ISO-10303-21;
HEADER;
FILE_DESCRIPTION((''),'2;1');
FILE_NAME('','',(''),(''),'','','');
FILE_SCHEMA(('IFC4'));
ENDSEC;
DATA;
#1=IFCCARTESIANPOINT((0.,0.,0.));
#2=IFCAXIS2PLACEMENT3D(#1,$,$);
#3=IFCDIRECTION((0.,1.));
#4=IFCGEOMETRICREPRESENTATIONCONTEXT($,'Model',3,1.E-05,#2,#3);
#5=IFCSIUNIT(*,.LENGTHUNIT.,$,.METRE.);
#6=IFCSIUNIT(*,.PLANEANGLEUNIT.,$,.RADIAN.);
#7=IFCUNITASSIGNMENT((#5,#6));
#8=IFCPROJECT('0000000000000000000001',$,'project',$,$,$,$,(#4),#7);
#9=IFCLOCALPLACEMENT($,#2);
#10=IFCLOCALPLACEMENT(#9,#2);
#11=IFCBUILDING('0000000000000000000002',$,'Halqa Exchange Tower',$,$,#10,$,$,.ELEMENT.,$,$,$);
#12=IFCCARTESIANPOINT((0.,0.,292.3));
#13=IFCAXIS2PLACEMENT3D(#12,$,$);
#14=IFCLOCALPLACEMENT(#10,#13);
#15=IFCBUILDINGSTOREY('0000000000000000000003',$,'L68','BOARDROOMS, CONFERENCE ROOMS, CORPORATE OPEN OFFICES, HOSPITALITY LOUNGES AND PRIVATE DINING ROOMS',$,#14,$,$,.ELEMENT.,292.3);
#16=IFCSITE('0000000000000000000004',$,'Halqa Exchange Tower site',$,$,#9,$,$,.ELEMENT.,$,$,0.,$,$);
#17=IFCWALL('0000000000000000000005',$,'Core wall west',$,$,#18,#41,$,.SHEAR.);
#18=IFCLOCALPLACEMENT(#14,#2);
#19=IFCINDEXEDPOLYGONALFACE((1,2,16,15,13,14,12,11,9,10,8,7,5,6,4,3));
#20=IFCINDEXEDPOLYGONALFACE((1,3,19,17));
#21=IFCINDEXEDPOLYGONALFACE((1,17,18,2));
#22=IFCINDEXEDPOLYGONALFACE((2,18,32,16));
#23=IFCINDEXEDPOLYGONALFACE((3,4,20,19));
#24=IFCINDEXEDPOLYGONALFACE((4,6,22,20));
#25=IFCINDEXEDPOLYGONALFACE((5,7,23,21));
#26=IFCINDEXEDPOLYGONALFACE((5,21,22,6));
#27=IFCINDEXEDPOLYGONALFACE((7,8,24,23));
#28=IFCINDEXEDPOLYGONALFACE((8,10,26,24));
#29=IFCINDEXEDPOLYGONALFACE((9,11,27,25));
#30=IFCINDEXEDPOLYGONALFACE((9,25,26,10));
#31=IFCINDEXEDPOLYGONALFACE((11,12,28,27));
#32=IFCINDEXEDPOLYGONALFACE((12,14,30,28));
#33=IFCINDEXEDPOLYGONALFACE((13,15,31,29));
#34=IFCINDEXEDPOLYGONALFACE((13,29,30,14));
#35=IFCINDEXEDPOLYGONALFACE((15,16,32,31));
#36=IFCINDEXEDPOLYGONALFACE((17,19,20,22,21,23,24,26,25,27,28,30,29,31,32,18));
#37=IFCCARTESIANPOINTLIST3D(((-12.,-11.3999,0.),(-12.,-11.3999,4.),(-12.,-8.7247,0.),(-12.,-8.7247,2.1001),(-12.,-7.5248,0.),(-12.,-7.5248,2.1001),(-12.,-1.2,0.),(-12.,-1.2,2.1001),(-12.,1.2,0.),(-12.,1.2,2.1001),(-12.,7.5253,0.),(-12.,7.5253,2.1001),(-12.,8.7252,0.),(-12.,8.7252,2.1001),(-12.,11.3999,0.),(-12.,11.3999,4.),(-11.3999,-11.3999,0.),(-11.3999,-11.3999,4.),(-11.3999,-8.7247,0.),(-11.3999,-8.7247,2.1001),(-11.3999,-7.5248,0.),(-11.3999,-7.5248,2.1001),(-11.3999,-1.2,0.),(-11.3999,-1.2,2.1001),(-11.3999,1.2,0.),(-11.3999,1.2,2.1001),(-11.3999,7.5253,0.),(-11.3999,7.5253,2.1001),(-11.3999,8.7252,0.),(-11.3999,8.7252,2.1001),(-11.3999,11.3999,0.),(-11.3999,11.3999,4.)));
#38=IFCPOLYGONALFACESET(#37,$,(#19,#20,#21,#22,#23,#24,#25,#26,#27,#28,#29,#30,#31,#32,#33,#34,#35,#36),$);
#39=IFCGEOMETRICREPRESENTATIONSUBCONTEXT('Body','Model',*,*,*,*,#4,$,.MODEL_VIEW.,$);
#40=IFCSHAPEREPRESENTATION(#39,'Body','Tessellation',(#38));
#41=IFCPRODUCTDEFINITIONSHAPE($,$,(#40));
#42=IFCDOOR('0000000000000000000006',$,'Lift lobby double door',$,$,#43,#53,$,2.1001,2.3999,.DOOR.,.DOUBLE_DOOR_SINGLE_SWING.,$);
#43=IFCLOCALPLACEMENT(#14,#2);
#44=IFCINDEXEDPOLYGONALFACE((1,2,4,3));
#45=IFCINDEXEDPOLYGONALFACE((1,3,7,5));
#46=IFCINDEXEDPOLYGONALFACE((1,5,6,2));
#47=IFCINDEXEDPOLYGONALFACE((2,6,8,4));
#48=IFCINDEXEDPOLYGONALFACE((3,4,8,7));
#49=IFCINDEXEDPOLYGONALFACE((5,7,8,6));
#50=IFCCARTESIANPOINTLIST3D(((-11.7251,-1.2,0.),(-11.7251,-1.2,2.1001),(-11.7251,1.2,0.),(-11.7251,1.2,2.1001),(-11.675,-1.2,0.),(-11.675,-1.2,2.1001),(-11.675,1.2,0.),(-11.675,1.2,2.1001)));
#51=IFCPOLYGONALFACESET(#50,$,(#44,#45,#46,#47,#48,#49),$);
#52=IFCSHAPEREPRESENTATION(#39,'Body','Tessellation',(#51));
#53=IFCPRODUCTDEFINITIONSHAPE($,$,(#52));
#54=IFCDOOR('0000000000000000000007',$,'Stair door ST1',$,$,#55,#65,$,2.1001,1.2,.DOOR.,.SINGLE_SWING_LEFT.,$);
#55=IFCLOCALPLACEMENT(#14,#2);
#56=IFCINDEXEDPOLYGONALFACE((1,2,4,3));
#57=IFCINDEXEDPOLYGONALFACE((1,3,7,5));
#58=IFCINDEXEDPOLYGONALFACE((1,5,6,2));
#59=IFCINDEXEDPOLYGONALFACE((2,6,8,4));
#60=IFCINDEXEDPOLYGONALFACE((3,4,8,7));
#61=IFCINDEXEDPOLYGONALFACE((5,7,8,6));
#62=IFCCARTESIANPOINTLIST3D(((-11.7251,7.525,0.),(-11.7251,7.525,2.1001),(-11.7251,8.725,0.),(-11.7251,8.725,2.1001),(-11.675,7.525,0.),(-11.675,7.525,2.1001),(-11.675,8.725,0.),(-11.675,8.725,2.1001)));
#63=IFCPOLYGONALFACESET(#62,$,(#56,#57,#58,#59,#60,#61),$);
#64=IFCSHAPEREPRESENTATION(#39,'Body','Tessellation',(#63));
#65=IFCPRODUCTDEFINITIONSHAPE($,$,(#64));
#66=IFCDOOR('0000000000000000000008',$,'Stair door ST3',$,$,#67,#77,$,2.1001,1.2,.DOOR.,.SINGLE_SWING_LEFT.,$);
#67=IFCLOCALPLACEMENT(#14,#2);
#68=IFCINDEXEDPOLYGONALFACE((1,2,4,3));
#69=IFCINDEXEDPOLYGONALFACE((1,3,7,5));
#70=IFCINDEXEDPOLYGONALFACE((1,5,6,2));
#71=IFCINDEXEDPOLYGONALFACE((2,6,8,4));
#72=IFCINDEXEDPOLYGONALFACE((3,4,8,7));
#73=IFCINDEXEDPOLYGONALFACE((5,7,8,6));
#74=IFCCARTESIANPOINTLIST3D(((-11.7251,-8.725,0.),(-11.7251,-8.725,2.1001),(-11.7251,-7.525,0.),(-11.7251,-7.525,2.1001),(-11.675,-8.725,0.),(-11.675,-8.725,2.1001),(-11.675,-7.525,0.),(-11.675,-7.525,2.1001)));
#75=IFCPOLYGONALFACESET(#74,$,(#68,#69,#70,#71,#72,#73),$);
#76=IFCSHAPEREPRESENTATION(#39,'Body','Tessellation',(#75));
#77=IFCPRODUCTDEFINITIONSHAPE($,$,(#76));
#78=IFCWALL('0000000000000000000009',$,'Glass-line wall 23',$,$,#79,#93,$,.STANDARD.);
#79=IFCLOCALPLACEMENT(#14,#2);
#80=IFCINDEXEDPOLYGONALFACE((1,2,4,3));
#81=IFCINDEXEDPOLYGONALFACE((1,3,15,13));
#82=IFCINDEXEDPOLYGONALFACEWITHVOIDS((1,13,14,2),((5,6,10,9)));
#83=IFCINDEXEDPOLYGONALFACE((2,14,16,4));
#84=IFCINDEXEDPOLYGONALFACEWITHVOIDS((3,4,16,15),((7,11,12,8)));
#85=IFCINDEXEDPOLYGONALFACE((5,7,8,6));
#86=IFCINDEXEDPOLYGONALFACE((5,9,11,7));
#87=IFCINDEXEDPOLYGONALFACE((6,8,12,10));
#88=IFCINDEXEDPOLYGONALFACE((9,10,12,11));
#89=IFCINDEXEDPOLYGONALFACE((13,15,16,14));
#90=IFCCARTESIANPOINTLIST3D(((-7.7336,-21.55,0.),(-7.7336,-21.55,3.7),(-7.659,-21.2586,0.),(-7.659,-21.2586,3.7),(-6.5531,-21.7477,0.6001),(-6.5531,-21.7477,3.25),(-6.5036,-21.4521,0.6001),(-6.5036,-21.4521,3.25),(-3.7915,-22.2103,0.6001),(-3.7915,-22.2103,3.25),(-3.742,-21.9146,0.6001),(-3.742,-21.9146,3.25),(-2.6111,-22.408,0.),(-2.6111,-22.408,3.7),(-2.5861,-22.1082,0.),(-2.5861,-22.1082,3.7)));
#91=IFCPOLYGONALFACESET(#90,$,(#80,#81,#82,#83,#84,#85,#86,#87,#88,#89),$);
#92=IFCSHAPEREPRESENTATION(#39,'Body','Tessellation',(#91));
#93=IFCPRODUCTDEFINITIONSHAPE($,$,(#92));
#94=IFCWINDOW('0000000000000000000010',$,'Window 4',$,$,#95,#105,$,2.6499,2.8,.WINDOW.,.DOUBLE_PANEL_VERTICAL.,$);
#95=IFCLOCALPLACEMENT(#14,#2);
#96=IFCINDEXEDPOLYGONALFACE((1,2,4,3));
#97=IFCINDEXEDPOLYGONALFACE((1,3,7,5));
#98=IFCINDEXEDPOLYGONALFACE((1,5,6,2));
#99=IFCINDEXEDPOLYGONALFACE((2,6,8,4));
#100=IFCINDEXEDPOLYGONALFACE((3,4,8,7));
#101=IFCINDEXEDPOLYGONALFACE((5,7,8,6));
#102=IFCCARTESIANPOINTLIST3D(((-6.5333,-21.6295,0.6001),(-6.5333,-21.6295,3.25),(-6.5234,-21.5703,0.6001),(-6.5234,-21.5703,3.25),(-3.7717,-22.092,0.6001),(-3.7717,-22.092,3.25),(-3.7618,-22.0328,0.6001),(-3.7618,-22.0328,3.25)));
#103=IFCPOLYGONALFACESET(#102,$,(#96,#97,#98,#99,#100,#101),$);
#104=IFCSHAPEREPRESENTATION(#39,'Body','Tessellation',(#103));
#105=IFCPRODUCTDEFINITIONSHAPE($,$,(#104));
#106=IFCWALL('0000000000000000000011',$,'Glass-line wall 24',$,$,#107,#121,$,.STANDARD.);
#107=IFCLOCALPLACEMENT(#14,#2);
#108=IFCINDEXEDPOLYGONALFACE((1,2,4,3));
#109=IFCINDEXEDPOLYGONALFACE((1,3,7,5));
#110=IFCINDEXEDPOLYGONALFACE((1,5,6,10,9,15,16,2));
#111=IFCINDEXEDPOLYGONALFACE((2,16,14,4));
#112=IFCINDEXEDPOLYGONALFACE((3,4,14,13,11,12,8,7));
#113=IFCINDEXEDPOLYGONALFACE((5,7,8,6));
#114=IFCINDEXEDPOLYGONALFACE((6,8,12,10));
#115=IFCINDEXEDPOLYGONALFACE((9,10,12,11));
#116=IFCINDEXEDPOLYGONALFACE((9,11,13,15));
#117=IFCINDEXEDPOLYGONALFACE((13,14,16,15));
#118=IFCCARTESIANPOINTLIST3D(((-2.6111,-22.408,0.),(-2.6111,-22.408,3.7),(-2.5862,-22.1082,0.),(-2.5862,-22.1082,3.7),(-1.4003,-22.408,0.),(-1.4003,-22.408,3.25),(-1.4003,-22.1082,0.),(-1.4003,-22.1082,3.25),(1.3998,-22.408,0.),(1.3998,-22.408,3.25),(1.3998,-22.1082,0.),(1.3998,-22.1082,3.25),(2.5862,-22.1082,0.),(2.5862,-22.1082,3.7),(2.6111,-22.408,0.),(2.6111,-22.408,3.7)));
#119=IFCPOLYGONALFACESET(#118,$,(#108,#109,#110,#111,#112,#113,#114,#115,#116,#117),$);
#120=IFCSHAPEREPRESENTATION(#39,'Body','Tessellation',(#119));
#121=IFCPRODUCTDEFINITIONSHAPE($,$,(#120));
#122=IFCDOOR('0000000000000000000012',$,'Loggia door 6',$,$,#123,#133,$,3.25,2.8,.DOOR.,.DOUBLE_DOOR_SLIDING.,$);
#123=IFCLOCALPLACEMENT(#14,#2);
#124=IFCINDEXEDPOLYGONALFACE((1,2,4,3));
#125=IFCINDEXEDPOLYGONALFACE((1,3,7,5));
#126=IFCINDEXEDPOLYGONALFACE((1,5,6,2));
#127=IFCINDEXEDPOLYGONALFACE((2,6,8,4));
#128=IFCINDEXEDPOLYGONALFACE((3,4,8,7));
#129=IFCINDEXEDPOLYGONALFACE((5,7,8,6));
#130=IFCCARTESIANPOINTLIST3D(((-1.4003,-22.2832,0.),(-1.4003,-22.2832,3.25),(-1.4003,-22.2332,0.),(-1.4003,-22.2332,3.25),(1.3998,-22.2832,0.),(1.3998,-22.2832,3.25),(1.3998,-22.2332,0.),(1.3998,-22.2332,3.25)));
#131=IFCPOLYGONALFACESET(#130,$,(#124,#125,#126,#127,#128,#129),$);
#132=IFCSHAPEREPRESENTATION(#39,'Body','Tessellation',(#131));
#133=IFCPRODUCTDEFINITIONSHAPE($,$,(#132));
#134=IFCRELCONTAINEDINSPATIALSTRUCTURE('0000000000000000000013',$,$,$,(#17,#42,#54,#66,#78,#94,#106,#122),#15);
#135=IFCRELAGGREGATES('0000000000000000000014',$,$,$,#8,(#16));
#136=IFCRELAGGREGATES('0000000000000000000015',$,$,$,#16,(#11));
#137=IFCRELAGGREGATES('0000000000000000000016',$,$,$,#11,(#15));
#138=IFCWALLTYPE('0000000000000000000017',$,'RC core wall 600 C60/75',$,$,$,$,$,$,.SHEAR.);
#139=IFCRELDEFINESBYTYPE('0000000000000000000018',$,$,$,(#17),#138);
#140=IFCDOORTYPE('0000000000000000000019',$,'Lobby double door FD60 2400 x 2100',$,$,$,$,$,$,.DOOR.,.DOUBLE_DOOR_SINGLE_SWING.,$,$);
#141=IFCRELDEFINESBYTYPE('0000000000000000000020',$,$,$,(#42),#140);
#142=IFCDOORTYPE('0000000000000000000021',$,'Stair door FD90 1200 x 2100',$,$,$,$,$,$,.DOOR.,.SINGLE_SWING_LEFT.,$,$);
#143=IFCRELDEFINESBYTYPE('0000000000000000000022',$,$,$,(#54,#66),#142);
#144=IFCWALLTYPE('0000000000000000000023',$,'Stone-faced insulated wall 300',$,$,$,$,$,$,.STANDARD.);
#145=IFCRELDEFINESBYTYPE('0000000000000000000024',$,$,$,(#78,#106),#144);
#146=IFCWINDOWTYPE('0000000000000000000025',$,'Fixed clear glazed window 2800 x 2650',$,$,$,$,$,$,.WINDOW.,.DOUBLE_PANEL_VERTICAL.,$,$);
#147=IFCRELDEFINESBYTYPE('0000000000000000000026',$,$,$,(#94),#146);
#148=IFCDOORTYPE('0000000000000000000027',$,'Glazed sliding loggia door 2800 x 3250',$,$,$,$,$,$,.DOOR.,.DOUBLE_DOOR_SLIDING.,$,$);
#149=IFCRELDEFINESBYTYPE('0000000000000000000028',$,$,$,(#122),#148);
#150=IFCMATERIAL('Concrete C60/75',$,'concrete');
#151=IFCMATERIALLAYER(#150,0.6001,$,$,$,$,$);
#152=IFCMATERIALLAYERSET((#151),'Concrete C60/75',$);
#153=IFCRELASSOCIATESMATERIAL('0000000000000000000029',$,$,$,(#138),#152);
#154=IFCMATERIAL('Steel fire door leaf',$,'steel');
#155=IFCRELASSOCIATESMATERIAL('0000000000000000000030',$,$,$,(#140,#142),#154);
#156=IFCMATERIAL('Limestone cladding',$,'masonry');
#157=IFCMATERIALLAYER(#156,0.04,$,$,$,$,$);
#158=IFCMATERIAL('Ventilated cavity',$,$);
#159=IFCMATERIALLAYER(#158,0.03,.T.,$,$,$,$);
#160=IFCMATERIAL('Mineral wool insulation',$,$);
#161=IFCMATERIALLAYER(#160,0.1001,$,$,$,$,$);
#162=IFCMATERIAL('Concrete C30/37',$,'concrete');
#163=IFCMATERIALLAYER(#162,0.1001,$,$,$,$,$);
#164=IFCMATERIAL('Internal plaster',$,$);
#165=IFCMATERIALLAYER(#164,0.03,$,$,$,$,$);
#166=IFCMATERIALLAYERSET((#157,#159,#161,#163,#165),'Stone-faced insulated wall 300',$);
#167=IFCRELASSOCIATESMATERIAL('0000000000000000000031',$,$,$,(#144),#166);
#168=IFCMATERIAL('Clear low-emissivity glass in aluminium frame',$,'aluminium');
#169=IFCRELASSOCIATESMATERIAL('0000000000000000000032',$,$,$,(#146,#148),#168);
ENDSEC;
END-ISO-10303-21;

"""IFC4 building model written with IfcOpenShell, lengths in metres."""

from ifc_helpers import new_model, si_unit, direction, frame, frame_2d, origin, place, context, subcontext, project, spatial, polyline, rectangle, outline, extrude, material, layer, layer_set, type_object, element, fill, save


model = new_model("IFC4")

# Units and contexts
model_context = context("Model", 3, precision=1e-05, world=origin(), true_north=direction((0.0, 1.0)))
body_context = subcontext(model_context, "Body", "Model", "MODEL_VIEW")
ifc_project = project(units=[si_unit("LENGTHUNIT", "METRE"), si_unit("PLANEANGLEUNIT", "RADIAN")], contexts=[model_context])

# Site, building, storey
site_placement = place(None, origin())
site = spatial("IfcSite", under=ifc_project, at=site_placement, Name="Halqa Exchange Tower site", CompositionType="ELEMENT", RefElevation=0.0)
building_placement = place(site_placement, origin())
building = spatial("IfcBuilding", under=site, at=building_placement, Name="Halqa Exchange Tower", CompositionType="ELEMENT")
storey_placement = place(building_placement, frame((0.0, 0.0, 292.3)))
storey = spatial("IfcBuildingStorey", under=building, at=storey_placement, Name="L68", Description="BOARDROOMS, CONFERENCE ROOMS, CORPORATE OPEN OFFICES, HOSPITALITY LOUNGES AND PRIVATE DINING ROOMS", CompositionType="ELEMENT", Elevation=292.3)

# Shared definitions
ifc_material_1 = material(Name="Concrete C60/75", Category="concrete")

# Wall, openings, doors
ifc_layer_1 = layer(ifc_material_1, 0.6001)
ifc_layer_set_1 = layer_set([ifc_layer_1], Name="Concrete C60/75")
wall_type_1 = type_object("IfcWallType", Name="RC core wall 600 C60/75", PredefinedType="SHEAR", material=ifc_layer_set_1)
wall_1_placement = place(storey_placement, frame((-11.7, -11.3999, 0.0), z_axis=(0.0, 0.0, 1.0), x_axis=(0.0, 1.0, 0.0)))
wall_1 = element("IfcWall", 1, at=wall_1_placement, inside=storey, type_object=wall_type_1, Name="Core wall west", PredefinedType="SHEAR", context=body_context, shape_type="SweptSolid", body=[
    extrude(rectangle(XDim=22.7998, YDim=0.6001, at=frame_2d((11.3999, 0.0))), origin(), (0.0, 0.0, 1.0), 4.0),
])
opening_1_placement = place(wall_1_placement, frame((10.2, 0.0, 0.0)))
opening_1 = element("IfcOpeningElement", 2, at=opening_1_placement, cuts=wall_1, PredefinedType="OPENING", context=body_context, shape_type="SweptSolid", body=[
    extrude(rectangle(XDim=2.3999, YDim=2.1001, at=frame_2d((1.2, 1.05))), frame((0.0, 0.312, 0.0), z_axis=(0.0, -1.0, 0.0), x_axis=(1.0, 0.0, 0.0)), (0.0, 0.0, 1.0), 0.624),
])
opening_2_placement = place(wall_1_placement, frame((18.925, 0.0, 0.0)))
opening_2 = element("IfcOpeningElement", 3, at=opening_2_placement, cuts=wall_1, PredefinedType="OPENING", context=body_context, shape_type="SweptSolid", body=[
    extrude(rectangle(XDim=1.2, YDim=2.1001, at=frame_2d((0.6001, 1.05))), frame((0.0, 0.312, 0.0), z_axis=(0.0, -1.0, 0.0), x_axis=(1.0, 0.0, 0.0)), (0.0, 0.0, 1.0), 0.624),
])
opening_3_placement = place(wall_1_placement, frame((2.675, 0.0, 0.0)))
opening_3 = element("IfcOpeningElement", 4, at=opening_3_placement, cuts=wall_1, PredefinedType="OPENING", context=body_context, shape_type="SweptSolid", body=[
    extrude(rectangle(XDim=1.2, YDim=2.1001, at=frame_2d((0.6001, 1.05))), frame((0.0, 0.312, 0.0), z_axis=(0.0, -1.0, 0.0), x_axis=(1.0, 0.0, 0.0)), (0.0, 0.0, 1.0), 0.624),
])
ifc_material_2 = material(Name="Steel fire door leaf", Category="steel")
door_type_1 = type_object("IfcDoorType", Name="Lobby double door FD60 2400 x 2100", OperationType="DOUBLE_DOOR_SINGLE_SWING", PredefinedType="DOOR", material=ifc_material_2)
door_1_placement = place(opening_1_placement, frame((2.3999, 0.0, 0.0), z_axis=(0.0, 0.0, 1.0), x_axis=(-1.0, 0.0, 0.0)))
door_1 = element("IfcDoor", 5, at=door_1_placement, inside=storey, type_object=door_type_1, Name="Lift lobby double door", OperationType="DOUBLE_DOOR_SINGLE_SWING", OverallHeight=2.1001, OverallWidth=2.3999, PredefinedType="DOOR", context=body_context, shape_type="SweptSolid", body=[
    extrude(rectangle(XDim=2.3999, YDim=2.1001, at=frame_2d((1.2, 1.05))), frame((0.0, 0.0249, 0.0), z_axis=(0.0, -1.0, 0.0), x_axis=(1.0, 0.0, 0.0)), (0.0, 0.0, 1.0), 0.05),
])
fill(opening_1, door_1)
door_type_2 = type_object("IfcDoorType", Name="Stair door FD90 1200 x 2100", OperationType="SINGLE_SWING_LEFT", PredefinedType="DOOR", material=ifc_material_2)
door_2_placement = place(opening_2_placement, frame((1.2, 0.0, 0.0), z_axis=(0.0, 0.0, 1.0), x_axis=(-1.0, 0.0, 0.0)))
door_2 = element("IfcDoor", 6, at=door_2_placement, inside=storey, type_object=door_type_2, Name="Stair door ST1", OperationType="SINGLE_SWING_LEFT", OverallHeight=2.1001, OverallWidth=1.2, PredefinedType="DOOR", context=body_context, shape_type="SweptSolid", body=[
    extrude(rectangle(XDim=1.2, YDim=2.1001, at=frame_2d((0.6001, 1.05))), frame((0.0, 0.0249, 0.0), z_axis=(0.0, -1.0, 0.0), x_axis=(1.0, 0.0, 0.0)), (0.0, 0.0, 1.0), 0.05),
])
fill(opening_2, door_2)
door_3_placement = place(opening_3_placement, frame((1.2, 0.0, 0.0), z_axis=(0.0, 0.0, 1.0), x_axis=(-1.0, 0.0, 0.0)))
door_3 = element("IfcDoor", 7, at=door_3_placement, inside=storey, type_object=door_type_2, Name="Stair door ST3", OperationType="SINGLE_SWING_LEFT", OverallHeight=2.1001, OverallWidth=1.2, PredefinedType="DOOR", context=body_context, shape_type="SweptSolid", body=[
    extrude(rectangle(XDim=1.2, YDim=2.1001, at=frame_2d((0.6001, 1.05))), frame((0.0, 0.0249, 0.0), z_axis=(0.0, -1.0, 0.0), x_axis=(1.0, 0.0, 0.0)), (0.0, 0.0, 1.0), 0.05),
])
fill(opening_3, door_3)

# Wall, opening, window
ifc_material_3 = material(Name="Limestone cladding", Category="masonry")
ifc_layer_2 = layer(ifc_material_3, 0.04)
ifc_material_4 = material(Name="Ventilated cavity")
ifc_layer_3 = layer(ifc_material_4, 0.03, ventilated=True)
ifc_material_5 = material(Name="Mineral wool insulation")
ifc_layer_4 = layer(ifc_material_5, 0.1001)
ifc_material_6 = material(Name="Concrete C30/37", Category="concrete")
ifc_layer_5 = layer(ifc_material_6, 0.1001)
ifc_material_7 = material(Name="Internal plaster")
ifc_layer_6 = layer(ifc_material_7, 0.03)
ifc_layer_set_2 = layer_set([ifc_layer_2, ifc_layer_3, ifc_layer_4, ifc_layer_5, ifc_layer_6], Name="Stone-faced insulated wall 300")
wall_type_2 = type_object("IfcWallType", Name="Stone-faced insulated wall 300", PredefinedType="STANDARD", material=ifc_layer_set_2)
wall_2_placement = place(storey_placement, frame((-7.6963, -21.4043, 0.0), z_axis=(0.0, 0.0, 1.0), x_axis=(0.986263, -0.16518, 0.0)))
wall_2 = element("IfcWall", 8, at=wall_2_placement, inside=storey, type_object=wall_type_2, Name="Glass-line wall 23", PredefinedType="STANDARD", context=body_context, shape_type="SweptSolid", body=[
    extrude(outline(polyline([(-0.0127, -0.1499), (5.1812, -0.1499), (5.1562, 0.1499), (0.0127, 0.1499), (-0.0127, -0.1499)])), origin(), (0.0, 0.0, 1.0), 3.7),
])
opening_4_placement = place(wall_2_placement, frame((1.1843, 0.0, 0.6001)))
opening_4 = element("IfcOpeningElement", 9, at=opening_4_placement, cuts=wall_2, PredefinedType="OPENING", context=body_context, shape_type="SweptSolid", body=[
    extrude(rectangle(XDim=2.8, YDim=2.6499, at=frame_2d((1.3999, 1.325))), frame((0.0, 0.1621, 0.0), z_axis=(0.0, -1.0, 0.0), x_axis=(1.0, 0.0, 0.0)), (0.0, 0.0, 1.0), 0.324),
])
ifc_material_8 = material(Name="Clear low-emissivity glass in aluminium frame", Category="aluminium")
window_type = type_object("IfcWindowType", Name="Fixed clear glazed window 2800 x 2650", PartitioningType="DOUBLE_PANEL_VERTICAL", PredefinedType="WINDOW", material=ifc_material_8)
window_placement = place(opening_4_placement, origin())
window = element("IfcWindow", 10, at=window_placement, inside=storey, type_object=window_type, Name="Window 4", OverallHeight=2.6499, OverallWidth=2.8, PartitioningType="DOUBLE_PANEL_VERTICAL", PredefinedType="WINDOW", context=body_context, shape_type="SweptSolid", body=[
    extrude(rectangle(XDim=2.8, YDim=2.6499, at=frame_2d((1.3999, 1.325))), frame((0.0, 0.03, 0.0), z_axis=(0.0, -1.0, 0.0), x_axis=(1.0, 0.0, 0.0)), (0.0, 0.0, 1.0), 0.0601),
])
fill(opening_4, window)

# Wall, opening, door
wall_3_placement = place(storey_placement, frame((-2.5986, -22.2581, 0.0), z_axis=(0.0, 0.0, 1.0), x_axis=(1.0, 0.0, 0.0)))
wall_3 = element("IfcWall", 11, at=wall_3_placement, inside=storey, type_object=wall_type_2, Name="Glass-line wall 24", PredefinedType="STANDARD", context=body_context, shape_type="SweptSolid", body=[
    extrude(outline(polyline([(-0.0125, -0.1499), (5.2097, -0.1499), (5.1848, 0.1499), (0.0125, 0.1499), (-0.0125, -0.1499)])), origin(), (0.0, 0.0, 1.0), 3.7),
])
opening_5_placement = place(wall_3_placement, frame((1.1985, 0.0, 0.0)))
opening_5 = element("IfcOpeningElement", 12, at=opening_5_placement, cuts=wall_3, PredefinedType="OPENING", context=body_context, shape_type="SweptSolid", body=[
    extrude(rectangle(XDim=2.8, YDim=3.25, at=frame_2d((1.3999, 1.625))), frame((0.0, 0.1621, 0.0), z_axis=(0.0, -1.0, 0.0), x_axis=(1.0, 0.0, 0.0)), (0.0, 0.0, 1.0), 0.324),
])
door_type_3 = type_object("IfcDoorType", Name="Glazed sliding loggia door 2800 x 3250", OperationType="DOUBLE_DOOR_SLIDING", PredefinedType="DOOR", material=ifc_material_8)
door_4_placement = place(opening_5_placement, origin())
door_4 = element("IfcDoor", 13, at=door_4_placement, inside=storey, type_object=door_type_3, Name="Loggia door 6", OperationType="DOUBLE_DOOR_SLIDING", OverallHeight=3.25, OverallWidth=2.8, PredefinedType="DOOR", context=body_context, shape_type="SweptSolid", body=[
    extrude(rectangle(XDim=2.8, YDim=3.25, at=frame_2d((1.3999, 1.625))), frame((0.0, 0.0249, 0.0), z_axis=(0.0, -1.0, 0.0), x_axis=(1.0, 0.0, 0.0)), (0.0, 0.0, 1.0), 0.05),
])
fill(opening_5, door_4)

save(model, "model.ifc")
